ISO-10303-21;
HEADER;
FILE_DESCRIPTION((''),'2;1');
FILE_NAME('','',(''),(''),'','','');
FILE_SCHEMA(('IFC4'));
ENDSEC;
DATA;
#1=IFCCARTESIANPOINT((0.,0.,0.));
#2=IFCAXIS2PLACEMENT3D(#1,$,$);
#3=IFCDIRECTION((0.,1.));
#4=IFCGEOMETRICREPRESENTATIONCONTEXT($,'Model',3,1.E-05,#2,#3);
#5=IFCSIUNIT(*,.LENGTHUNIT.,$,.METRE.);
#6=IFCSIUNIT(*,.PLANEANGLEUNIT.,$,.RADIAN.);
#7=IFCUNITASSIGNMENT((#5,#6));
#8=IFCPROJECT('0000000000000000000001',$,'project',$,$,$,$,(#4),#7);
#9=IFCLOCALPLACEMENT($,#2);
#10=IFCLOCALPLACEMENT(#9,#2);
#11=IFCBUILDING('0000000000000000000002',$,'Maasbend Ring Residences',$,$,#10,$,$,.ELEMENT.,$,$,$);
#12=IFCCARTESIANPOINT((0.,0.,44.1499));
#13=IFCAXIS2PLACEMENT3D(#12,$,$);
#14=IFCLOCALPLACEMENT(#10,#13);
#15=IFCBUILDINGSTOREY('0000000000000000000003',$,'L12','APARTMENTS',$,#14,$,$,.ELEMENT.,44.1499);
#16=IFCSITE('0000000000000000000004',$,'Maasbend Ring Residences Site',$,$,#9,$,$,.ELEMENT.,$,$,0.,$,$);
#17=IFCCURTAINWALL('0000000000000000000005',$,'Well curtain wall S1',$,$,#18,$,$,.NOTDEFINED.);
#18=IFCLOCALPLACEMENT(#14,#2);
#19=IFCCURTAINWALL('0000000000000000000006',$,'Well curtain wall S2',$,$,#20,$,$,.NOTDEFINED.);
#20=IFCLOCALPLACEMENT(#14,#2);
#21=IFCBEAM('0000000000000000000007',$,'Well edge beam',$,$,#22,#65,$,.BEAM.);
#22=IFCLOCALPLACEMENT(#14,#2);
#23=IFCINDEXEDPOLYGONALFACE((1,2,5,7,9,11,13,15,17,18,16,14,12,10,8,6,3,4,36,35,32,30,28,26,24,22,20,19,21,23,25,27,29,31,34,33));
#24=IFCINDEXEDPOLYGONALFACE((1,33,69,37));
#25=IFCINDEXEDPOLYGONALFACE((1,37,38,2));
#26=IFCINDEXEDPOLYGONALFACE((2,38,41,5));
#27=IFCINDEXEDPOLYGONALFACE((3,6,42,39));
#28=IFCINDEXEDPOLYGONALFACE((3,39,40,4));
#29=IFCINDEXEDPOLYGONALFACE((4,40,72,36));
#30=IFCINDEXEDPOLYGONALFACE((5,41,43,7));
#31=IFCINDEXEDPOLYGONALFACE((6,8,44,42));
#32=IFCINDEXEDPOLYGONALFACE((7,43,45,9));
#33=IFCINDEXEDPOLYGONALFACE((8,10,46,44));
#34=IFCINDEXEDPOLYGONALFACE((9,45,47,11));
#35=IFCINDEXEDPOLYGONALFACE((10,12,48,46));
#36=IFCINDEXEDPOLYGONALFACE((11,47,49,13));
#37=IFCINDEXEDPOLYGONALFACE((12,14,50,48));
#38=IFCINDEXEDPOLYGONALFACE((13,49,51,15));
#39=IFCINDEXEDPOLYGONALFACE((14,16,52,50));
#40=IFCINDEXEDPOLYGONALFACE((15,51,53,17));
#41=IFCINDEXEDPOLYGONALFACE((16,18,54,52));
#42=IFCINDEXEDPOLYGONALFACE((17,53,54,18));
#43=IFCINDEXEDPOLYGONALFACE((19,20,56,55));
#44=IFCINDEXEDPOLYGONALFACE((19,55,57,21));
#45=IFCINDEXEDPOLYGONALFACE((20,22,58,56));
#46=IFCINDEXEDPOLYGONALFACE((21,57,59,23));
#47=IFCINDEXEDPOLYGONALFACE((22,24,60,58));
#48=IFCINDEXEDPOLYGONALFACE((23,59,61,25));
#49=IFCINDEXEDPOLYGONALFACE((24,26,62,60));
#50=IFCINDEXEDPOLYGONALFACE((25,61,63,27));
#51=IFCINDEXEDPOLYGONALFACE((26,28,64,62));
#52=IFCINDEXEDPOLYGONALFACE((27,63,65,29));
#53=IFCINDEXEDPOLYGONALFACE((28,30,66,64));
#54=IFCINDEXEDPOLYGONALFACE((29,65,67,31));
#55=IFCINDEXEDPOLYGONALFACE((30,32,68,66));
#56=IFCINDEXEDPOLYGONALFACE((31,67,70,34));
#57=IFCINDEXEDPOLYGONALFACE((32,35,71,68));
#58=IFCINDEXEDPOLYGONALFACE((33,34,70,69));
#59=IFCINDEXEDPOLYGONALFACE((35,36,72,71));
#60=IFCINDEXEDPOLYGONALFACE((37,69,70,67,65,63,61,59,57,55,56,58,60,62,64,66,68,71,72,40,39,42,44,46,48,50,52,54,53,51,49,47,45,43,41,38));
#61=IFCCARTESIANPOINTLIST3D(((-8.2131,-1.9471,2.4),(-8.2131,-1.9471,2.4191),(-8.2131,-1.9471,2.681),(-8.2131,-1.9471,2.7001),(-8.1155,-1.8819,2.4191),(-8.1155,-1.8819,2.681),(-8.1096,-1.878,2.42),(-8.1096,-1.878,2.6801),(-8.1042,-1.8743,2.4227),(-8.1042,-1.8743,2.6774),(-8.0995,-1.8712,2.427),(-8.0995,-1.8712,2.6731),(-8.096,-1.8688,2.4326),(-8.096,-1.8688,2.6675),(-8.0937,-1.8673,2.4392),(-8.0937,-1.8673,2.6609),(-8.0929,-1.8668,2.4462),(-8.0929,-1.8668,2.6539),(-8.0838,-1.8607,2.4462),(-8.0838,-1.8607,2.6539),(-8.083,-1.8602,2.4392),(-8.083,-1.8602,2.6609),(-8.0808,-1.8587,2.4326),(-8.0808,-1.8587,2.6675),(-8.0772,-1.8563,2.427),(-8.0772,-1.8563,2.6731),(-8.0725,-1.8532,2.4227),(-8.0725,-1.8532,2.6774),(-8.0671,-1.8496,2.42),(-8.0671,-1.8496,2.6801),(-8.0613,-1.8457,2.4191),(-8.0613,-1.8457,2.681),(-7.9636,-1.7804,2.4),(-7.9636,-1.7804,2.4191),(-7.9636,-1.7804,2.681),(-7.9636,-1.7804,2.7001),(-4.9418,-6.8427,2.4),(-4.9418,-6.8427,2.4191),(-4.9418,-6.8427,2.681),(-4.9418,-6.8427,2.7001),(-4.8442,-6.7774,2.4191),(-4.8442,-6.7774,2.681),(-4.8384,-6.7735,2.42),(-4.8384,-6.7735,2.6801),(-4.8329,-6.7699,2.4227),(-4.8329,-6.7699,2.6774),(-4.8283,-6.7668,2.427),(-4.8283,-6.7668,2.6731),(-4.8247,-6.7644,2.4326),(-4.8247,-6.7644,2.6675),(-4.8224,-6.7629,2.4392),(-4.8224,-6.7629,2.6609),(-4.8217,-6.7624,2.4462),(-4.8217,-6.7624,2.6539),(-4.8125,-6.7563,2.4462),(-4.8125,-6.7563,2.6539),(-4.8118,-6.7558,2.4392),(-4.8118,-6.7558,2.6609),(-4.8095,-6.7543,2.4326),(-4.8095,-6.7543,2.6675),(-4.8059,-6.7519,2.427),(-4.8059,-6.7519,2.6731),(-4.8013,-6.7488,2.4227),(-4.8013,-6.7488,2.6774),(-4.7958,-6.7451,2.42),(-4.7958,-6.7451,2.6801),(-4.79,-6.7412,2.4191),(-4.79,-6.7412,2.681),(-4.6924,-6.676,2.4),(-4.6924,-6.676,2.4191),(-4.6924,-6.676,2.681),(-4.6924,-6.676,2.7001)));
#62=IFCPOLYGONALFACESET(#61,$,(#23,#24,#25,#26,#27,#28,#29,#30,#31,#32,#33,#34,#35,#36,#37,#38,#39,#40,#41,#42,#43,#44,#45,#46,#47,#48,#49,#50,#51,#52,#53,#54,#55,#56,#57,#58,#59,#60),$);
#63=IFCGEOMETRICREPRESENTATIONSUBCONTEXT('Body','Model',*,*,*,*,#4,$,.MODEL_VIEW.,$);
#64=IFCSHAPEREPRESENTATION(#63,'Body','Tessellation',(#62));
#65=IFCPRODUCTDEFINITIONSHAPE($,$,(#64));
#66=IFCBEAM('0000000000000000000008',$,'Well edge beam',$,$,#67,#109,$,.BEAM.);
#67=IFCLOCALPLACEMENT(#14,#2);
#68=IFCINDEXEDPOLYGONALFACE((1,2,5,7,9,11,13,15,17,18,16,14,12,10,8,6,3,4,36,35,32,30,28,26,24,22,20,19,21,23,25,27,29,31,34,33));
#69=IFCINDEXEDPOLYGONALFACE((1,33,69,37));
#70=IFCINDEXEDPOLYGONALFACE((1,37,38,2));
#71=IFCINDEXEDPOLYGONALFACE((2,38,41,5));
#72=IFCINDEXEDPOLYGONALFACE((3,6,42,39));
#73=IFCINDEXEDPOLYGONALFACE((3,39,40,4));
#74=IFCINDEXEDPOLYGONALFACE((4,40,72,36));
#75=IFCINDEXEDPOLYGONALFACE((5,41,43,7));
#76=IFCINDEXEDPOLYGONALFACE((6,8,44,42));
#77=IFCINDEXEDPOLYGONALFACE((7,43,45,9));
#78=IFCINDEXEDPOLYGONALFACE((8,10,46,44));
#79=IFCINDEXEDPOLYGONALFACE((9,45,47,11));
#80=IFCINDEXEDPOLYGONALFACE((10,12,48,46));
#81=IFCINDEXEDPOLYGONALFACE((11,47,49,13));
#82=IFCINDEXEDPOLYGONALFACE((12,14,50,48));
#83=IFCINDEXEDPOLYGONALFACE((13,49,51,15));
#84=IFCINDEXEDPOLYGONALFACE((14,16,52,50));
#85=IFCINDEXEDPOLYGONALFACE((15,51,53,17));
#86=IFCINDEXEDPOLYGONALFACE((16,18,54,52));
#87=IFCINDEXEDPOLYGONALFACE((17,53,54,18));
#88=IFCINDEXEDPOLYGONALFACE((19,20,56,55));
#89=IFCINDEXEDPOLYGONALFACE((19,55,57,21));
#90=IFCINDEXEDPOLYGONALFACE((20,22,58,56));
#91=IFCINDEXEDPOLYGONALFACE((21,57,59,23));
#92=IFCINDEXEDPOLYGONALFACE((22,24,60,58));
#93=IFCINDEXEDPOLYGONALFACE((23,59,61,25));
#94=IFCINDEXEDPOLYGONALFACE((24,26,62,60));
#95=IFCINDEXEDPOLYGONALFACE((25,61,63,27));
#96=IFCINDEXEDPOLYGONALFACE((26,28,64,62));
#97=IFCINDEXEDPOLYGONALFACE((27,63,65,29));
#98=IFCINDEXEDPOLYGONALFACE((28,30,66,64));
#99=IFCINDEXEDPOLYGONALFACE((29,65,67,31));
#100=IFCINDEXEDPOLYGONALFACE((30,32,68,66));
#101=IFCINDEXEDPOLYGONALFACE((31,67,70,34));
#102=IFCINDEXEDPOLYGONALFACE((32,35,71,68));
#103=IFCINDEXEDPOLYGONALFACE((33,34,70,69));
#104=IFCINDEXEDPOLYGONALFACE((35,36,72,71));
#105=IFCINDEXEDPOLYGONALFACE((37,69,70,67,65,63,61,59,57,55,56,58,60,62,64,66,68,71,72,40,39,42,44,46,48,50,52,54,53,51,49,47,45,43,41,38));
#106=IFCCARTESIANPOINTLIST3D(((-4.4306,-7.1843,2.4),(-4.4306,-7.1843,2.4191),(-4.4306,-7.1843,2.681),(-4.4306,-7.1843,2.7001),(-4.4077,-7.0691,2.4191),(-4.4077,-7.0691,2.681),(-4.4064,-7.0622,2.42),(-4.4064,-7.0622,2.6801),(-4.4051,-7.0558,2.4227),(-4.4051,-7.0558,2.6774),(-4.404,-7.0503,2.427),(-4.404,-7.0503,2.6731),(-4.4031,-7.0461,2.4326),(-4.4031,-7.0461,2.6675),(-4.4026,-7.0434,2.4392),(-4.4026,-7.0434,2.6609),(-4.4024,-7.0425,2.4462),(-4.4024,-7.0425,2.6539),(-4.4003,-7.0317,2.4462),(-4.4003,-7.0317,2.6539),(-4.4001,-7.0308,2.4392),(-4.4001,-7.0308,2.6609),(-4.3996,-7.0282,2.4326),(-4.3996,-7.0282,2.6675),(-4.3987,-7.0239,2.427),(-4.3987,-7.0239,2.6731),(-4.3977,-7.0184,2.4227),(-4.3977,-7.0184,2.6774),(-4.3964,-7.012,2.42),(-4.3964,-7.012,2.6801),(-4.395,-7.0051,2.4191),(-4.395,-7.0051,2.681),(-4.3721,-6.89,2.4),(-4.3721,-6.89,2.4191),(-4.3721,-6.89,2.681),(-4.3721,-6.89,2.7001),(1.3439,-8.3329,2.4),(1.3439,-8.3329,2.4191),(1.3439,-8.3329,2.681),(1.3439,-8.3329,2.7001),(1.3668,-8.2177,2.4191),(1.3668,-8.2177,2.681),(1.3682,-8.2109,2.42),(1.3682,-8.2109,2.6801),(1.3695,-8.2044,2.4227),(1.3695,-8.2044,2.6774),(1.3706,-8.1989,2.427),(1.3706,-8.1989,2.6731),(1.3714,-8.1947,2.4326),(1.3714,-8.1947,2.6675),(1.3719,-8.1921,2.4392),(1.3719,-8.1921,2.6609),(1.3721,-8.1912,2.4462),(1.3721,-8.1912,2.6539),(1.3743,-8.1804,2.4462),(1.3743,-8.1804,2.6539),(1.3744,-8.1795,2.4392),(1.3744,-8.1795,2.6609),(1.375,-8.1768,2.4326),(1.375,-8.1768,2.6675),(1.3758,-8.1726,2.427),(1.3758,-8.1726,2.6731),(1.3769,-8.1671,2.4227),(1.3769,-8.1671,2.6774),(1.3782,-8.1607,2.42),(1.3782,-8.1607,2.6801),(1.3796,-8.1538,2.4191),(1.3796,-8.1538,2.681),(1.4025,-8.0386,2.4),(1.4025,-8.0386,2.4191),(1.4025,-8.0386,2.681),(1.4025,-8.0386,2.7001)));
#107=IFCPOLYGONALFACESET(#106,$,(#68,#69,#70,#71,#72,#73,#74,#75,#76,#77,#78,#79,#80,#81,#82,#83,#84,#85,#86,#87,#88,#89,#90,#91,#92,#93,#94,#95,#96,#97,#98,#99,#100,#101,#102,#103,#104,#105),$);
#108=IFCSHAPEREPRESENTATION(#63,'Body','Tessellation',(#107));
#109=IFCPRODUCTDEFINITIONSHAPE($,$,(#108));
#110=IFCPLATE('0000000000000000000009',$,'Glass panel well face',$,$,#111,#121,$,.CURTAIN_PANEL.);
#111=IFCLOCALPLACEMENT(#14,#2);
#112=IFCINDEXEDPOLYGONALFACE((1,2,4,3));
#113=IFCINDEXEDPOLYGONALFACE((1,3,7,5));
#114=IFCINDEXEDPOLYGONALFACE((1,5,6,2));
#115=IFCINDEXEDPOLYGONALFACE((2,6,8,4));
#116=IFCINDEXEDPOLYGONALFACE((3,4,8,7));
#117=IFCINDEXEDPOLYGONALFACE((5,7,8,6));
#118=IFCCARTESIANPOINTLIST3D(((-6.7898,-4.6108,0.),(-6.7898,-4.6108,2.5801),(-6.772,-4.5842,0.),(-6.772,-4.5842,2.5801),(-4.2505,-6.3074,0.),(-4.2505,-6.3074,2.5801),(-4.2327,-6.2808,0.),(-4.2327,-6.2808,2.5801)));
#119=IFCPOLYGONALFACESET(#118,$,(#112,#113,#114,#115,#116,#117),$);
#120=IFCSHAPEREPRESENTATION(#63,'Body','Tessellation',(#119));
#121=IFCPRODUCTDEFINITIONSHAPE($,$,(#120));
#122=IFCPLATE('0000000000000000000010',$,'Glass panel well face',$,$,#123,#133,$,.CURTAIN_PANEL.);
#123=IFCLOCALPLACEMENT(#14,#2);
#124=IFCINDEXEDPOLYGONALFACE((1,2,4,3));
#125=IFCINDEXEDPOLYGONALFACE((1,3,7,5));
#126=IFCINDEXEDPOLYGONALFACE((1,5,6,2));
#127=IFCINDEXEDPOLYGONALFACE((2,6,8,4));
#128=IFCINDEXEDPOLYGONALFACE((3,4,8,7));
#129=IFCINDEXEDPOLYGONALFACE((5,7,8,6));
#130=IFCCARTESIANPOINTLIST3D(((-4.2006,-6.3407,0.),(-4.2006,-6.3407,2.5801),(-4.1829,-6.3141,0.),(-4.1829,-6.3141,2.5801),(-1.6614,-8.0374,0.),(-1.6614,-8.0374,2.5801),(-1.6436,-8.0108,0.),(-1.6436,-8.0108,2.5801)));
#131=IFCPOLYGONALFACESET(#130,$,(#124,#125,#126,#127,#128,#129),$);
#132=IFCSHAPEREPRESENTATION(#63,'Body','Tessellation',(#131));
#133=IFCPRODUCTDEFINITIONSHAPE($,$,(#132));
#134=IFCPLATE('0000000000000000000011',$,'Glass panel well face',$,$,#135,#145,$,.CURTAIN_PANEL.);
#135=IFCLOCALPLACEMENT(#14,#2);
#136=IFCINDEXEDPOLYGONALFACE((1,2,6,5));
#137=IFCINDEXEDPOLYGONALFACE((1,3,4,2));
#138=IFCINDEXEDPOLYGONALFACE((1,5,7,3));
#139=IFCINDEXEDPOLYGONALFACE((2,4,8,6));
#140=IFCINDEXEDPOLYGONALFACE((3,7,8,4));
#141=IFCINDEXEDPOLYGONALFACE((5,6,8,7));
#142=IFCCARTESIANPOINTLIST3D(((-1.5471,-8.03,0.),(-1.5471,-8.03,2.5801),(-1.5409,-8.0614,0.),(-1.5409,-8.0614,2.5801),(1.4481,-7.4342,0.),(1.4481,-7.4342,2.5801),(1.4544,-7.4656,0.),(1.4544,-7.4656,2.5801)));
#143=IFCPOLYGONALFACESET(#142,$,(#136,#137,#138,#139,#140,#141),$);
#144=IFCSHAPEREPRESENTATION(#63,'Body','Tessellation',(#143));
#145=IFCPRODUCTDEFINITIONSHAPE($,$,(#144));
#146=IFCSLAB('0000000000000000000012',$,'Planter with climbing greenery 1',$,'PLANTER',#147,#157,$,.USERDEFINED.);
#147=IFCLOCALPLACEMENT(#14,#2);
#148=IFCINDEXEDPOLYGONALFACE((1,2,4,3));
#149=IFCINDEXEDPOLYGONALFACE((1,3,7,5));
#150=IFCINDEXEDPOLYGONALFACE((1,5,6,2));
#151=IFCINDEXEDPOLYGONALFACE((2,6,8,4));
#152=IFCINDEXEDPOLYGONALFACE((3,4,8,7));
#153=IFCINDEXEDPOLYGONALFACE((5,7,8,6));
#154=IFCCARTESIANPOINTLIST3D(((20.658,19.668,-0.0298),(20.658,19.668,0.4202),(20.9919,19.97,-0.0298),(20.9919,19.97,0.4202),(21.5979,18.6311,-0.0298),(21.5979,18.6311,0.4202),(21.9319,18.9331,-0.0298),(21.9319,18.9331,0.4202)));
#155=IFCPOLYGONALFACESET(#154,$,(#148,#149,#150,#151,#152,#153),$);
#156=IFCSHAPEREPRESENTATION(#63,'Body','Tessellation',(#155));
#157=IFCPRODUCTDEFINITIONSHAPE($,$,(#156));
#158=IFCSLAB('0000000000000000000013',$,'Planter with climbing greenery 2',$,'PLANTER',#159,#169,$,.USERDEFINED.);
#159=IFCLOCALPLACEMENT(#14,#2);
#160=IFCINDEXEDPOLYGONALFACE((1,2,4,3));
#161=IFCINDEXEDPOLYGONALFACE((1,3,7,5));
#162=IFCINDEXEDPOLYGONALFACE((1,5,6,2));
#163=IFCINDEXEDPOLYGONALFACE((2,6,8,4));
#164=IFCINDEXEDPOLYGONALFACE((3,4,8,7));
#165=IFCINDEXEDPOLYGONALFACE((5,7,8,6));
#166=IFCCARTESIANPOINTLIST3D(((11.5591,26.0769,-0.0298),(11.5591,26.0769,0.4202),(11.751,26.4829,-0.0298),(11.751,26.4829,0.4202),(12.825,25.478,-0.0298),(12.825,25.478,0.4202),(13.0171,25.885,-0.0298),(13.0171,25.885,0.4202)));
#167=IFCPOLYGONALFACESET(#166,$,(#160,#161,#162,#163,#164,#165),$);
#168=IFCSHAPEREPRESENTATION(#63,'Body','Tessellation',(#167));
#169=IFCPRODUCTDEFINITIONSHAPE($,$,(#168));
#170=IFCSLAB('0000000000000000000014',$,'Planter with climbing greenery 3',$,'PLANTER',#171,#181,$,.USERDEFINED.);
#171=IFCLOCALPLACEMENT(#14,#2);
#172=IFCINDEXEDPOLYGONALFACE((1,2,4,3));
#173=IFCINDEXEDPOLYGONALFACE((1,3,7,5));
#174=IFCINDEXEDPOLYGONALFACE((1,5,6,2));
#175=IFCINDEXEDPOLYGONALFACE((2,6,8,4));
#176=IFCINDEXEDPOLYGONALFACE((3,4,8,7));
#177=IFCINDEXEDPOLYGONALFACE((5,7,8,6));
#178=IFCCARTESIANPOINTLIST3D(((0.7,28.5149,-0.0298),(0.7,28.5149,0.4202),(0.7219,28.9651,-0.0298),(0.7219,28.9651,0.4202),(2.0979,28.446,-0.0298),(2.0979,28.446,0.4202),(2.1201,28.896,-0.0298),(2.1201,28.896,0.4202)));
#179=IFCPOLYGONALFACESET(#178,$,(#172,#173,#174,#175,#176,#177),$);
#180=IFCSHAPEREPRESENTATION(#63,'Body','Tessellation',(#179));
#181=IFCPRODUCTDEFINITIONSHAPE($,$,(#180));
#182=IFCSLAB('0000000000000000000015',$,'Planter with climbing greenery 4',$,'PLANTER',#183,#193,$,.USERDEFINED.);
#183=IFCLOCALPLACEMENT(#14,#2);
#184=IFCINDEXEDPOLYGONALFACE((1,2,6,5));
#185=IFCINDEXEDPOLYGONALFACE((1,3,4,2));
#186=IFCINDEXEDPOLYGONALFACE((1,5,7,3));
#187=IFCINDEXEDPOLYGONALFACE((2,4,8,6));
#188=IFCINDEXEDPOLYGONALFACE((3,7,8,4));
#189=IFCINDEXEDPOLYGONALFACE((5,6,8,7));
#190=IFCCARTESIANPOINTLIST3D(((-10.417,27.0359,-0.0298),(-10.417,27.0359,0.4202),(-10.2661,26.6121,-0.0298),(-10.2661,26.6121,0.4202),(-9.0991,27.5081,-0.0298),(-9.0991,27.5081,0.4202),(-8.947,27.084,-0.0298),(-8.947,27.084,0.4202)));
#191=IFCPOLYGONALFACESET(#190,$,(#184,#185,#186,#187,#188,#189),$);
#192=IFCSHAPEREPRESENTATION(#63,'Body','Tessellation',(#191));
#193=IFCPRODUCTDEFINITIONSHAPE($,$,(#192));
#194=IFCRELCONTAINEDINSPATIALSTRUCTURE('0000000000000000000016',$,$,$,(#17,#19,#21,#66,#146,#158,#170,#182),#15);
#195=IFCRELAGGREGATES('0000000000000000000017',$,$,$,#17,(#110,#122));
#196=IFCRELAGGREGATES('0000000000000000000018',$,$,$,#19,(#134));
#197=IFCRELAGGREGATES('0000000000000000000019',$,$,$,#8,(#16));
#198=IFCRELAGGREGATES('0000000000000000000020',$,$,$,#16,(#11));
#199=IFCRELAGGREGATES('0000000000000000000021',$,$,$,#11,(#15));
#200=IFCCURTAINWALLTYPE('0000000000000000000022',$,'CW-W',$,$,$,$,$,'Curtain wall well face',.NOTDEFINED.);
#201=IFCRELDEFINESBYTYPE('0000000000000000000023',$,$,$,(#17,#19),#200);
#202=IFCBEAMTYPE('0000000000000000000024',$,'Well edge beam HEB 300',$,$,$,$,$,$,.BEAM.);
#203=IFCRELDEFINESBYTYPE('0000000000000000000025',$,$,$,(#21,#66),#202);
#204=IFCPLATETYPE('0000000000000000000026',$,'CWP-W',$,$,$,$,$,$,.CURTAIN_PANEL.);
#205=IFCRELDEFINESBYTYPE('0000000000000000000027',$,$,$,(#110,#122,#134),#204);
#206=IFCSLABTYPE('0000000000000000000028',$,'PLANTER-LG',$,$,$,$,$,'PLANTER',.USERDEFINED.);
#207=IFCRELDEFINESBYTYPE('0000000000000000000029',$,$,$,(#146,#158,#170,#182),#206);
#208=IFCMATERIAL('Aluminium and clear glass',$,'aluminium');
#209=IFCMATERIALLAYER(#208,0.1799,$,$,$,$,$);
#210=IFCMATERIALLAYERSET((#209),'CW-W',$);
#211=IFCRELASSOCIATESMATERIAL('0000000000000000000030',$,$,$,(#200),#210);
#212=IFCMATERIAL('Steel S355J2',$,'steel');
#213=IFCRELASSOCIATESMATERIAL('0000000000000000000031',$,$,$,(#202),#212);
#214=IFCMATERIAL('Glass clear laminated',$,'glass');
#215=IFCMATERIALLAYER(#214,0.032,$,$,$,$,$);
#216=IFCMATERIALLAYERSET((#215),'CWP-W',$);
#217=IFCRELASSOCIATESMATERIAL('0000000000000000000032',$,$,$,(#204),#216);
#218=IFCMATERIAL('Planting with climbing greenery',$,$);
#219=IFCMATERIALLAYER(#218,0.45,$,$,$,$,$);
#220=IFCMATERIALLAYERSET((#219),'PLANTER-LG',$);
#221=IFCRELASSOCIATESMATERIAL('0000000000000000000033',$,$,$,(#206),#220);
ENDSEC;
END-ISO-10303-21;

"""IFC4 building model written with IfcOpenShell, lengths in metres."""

from ifc_helpers import new_model, si_unit, direction, frame, origin, origin_2d, place, context, subcontext, project, spatial, polyline, rectangle, i_section, outline, extrude, material, layer, layer_set, material_profile, profile_set, type_object, element, aggregate, save


model = new_model("IFC4")

# Units and contexts
model_context = context("Model", 3, precision=1e-05, world=origin(), true_north=direction((0.0, 1.0)))
body_context = subcontext(model_context, "Body", "Model", "MODEL_VIEW")
ifc_project = project(units=[si_unit("LENGTHUNIT", "METRE"), si_unit("PLANEANGLEUNIT", "RADIAN")], contexts=[model_context])

# Site, building, storey
site_placement = place(None, origin())
site = spatial("IfcSite", under=ifc_project, at=site_placement, Name="Maasbend Ring Residences Site", CompositionType="ELEMENT", RefElevation=0.0)
building_placement = place(site_placement, origin())
building = spatial("IfcBuilding", under=site, at=building_placement, Name="Maasbend Ring Residences", CompositionType="ELEMENT")
storey_placement = place(building_placement, frame((0.0, 0.0, 44.1499)))
storey = spatial("IfcBuildingStorey", under=building, at=storey_placement, Name="L12", Description="APARTMENTS", CompositionType="ELEMENT", Elevation=44.1499)

# Curtain wall
ifc_material_1 = material(Name="Aluminium and clear glass", Category="aluminium")
ifc_layer_1 = layer(ifc_material_1, 0.1799)
ifc_layer_set_1 = layer_set([ifc_layer_1], Name="CW-W")
curtain_wall_type = type_object("IfcCurtainWallType", Name="CW-W", ElementType="Curtain wall well face", PredefinedType="NOTDEFINED", material=ifc_layer_set_1)
curtain_wall_1_placement = place(storey_placement, origin())
curtain_wall_1 = element("IfcCurtainWall", 1, at=curtain_wall_1_placement, inside=storey, type_object=curtain_wall_type, Name="Well curtain wall S1", PredefinedType="NOTDEFINED")

# Curtain wall
curtain_wall_2_placement = place(storey_placement, origin())
curtain_wall_2 = element("IfcCurtainWall", 2, at=curtain_wall_2_placement, inside=storey, type_object=curtain_wall_type, Name="Well curtain wall S2", PredefinedType="NOTDEFINED")

# Beams
ifc_material_2 = material(Name="Steel S355J2", Category="steel")
ifc_material_profile_1 = material_profile(ifc_material_2, i_section(OverallWidth=0.3, OverallDepth=0.3, WebThickness=0.011, FlangeThickness=0.019, FilletRadius=0.0271, at=origin_2d()), Name="HEB 300")
ifc_profile_set_1 = profile_set([ifc_material_profile_1], Name="Steel S355J2")
beam_type = type_object("IfcBeamType", Name="Well edge beam HEB 300", PredefinedType="BEAM", material=ifc_profile_set_1)
beam_1_placement = place(storey_placement, frame((-8.0884, -1.8638, 2.55), z_axis=(0.55559, -0.831457, 0.0), x_axis=(0.831457, 0.55559, 0.0)))
element("IfcBeam", 3, at=beam_1_placement, inside=storey, type_object=beam_type, Name="Well edge beam", PredefinedType="BEAM", context=body_context, shape_type="SweptSolid", body=[
    extrude(i_section(OverallWidth=0.3, OverallDepth=0.3, WebThickness=0.011, FlangeThickness=0.019, FilletRadius=0.0271, at=origin_2d()), origin(), (0.0, 0.0, 1.0), 5.8879),
])
beam_2_placement = place(storey_placement, frame((-4.4014, -7.0371, 2.55), z_axis=(0.980784, -0.195095, 0.0), x_axis=(0.195095, 0.980784, 0.0)))
element("IfcBeam", 4, at=beam_2_placement, inside=storey, type_object=beam_type, Name="Well edge beam", PredefinedType="BEAM", context=body_context, shape_type="SweptSolid", body=[
    extrude(i_section(OverallWidth=0.3, OverallDepth=0.3, WebThickness=0.011, FlangeThickness=0.019, FilletRadius=0.0271, at=origin_2d()), origin(), (0.0, 0.0, 1.0), 5.8877),
])

# Plates
ifc_material_3 = material(Name="Glass clear laminated", Category="glass")
ifc_layer_2 = layer(ifc_material_3, 0.032)
ifc_layer_set_2 = layer_set([ifc_layer_2], Name="CWP-W")
plate_type = type_object("IfcPlateType", Name="CWP-W", PredefinedType="CURTAIN_PANEL", material=ifc_layer_set_2)
plate_1_placement = place(storey_placement, frame((-5.5112, -5.4458, 0.0), z_axis=(0.0, 0.0, 1.0), x_axis=(0.83147, -0.55557, 0.0)))
plate_1 = element("IfcPlate", 5, at=plate_1_placement, type_object=plate_type, Name="Glass panel well face", PredefinedType="CURTAIN_PANEL", context=body_context, shape_type="SweptSolid", body=[
    extrude(rectangle(XDim=3.054, YDim=0.032, at=origin_2d()), origin(), (0.0, 0.0, 1.0), 2.5801),
])
plate_2_placement = place(storey_placement, frame((-2.9221, -7.1758, 0.0), z_axis=(0.0, 0.0, 1.0), x_axis=(0.83147, -0.55557, 0.0)))
plate_2 = element("IfcPlate", 6, at=plate_2_placement, type_object=plate_type, Name="Glass panel well face", PredefinedType="CURTAIN_PANEL", context=body_context, shape_type="SweptSolid", body=[
    extrude(rectangle(XDim=3.054, YDim=0.032, at=origin_2d()), origin(), (0.0, 0.0, 1.0), 2.5801),
])
aggregate(curtain_wall_1, [plate_1, plate_2])
plate_3_placement = place(storey_placement, frame((-0.0464, -7.7478, 0.0), z_axis=(0.0, 0.0, 1.0), x_axis=(0.980785, 0.19509, 0.0)))
plate_3 = element("IfcPlate", 7, at=plate_3_placement, type_object=plate_type, Name="Glass panel well face", PredefinedType="CURTAIN_PANEL", context=body_context, shape_type="SweptSolid", body=[
    extrude(rectangle(XDim=3.054, YDim=0.032, at=origin_2d()), origin(), (0.0, 0.0, 1.0), 2.5801),
])
aggregate(curtain_wall_2, [plate_3])

# Slabs
ifc_material_4 = material(Name="Planting with climbing greenery")
ifc_layer_3 = layer(ifc_material_4, 0.45)
ifc_layer_set_3 = layer_set([ifc_layer_3], Name="PLANTER-LG")
slab_type_1 = type_object("IfcSlabType", Name="PLANTER-LG", ElementType="PLANTER", PredefinedType="USERDEFINED", material=ifc_layer_set_3)
slab_1_placement = place(storey_placement, frame((0.0, 0.0, -0.0298)))
element("IfcSlab", 8, at=slab_1_placement, inside=storey, type_object=slab_type_1, Name="Planter with climbing greenery 1", ObjectType="PLANTER", PredefinedType="USERDEFINED", context=body_context, shape_type="SweptSolid", body=[
    extrude(outline(polyline([(21.9319, 18.9331), (20.9919, 19.97), (20.658, 19.668), (21.5979, 18.6311), (21.9319, 18.9331)])), origin(), (0.0, 0.0, 1.0), 0.45),
])
slab_2_placement = place(storey_placement, frame((0.0, 0.0, -0.0298)))
element("IfcSlab", 9, at=slab_2_placement, inside=storey, type_object=slab_type_1, Name="Planter with climbing greenery 2", ObjectType="PLANTER", PredefinedType="USERDEFINED", context=body_context, shape_type="SweptSolid", body=[
    extrude(outline(polyline([(13.0171, 25.885), (11.751, 26.4829), (11.5591, 26.0769), (12.825, 25.478), (13.0171, 25.885)])), origin(), (0.0, 0.0, 1.0), 0.45),
])
slab_3_placement = place(storey_placement, frame((0.0, 0.0, -0.0298)))
element("IfcSlab", 10, at=slab_3_placement, inside=storey, type_object=slab_type_1, Name="Planter with climbing greenery 3", ObjectType="PLANTER", PredefinedType="USERDEFINED", context=body_context, shape_type="SweptSolid", body=[
    extrude(outline(polyline([(2.1201, 28.896), (0.7219, 28.9651), (0.7, 28.5149), (2.0979, 28.446), (2.1201, 28.896)])), origin(), (0.0, 0.0, 1.0), 0.45),
])
slab_4_placement = place(storey_placement, frame((0.0, 0.0, -0.0298)))
element("IfcSlab", 11, at=slab_4_placement, inside=storey, type_object=slab_type_1, Name="Planter with climbing greenery 4", ObjectType="PLANTER", PredefinedType="USERDEFINED", context=body_context, shape_type="SweptSolid", body=[
    extrude(outline(polyline([(-9.0991, 27.5081), (-10.417, 27.0359), (-10.2661, 26.6121), (-8.947, 27.084), (-9.0991, 27.5081)])), origin(), (0.0, 0.0, 1.0), 0.45),
])

save(model, "model.ifc")
